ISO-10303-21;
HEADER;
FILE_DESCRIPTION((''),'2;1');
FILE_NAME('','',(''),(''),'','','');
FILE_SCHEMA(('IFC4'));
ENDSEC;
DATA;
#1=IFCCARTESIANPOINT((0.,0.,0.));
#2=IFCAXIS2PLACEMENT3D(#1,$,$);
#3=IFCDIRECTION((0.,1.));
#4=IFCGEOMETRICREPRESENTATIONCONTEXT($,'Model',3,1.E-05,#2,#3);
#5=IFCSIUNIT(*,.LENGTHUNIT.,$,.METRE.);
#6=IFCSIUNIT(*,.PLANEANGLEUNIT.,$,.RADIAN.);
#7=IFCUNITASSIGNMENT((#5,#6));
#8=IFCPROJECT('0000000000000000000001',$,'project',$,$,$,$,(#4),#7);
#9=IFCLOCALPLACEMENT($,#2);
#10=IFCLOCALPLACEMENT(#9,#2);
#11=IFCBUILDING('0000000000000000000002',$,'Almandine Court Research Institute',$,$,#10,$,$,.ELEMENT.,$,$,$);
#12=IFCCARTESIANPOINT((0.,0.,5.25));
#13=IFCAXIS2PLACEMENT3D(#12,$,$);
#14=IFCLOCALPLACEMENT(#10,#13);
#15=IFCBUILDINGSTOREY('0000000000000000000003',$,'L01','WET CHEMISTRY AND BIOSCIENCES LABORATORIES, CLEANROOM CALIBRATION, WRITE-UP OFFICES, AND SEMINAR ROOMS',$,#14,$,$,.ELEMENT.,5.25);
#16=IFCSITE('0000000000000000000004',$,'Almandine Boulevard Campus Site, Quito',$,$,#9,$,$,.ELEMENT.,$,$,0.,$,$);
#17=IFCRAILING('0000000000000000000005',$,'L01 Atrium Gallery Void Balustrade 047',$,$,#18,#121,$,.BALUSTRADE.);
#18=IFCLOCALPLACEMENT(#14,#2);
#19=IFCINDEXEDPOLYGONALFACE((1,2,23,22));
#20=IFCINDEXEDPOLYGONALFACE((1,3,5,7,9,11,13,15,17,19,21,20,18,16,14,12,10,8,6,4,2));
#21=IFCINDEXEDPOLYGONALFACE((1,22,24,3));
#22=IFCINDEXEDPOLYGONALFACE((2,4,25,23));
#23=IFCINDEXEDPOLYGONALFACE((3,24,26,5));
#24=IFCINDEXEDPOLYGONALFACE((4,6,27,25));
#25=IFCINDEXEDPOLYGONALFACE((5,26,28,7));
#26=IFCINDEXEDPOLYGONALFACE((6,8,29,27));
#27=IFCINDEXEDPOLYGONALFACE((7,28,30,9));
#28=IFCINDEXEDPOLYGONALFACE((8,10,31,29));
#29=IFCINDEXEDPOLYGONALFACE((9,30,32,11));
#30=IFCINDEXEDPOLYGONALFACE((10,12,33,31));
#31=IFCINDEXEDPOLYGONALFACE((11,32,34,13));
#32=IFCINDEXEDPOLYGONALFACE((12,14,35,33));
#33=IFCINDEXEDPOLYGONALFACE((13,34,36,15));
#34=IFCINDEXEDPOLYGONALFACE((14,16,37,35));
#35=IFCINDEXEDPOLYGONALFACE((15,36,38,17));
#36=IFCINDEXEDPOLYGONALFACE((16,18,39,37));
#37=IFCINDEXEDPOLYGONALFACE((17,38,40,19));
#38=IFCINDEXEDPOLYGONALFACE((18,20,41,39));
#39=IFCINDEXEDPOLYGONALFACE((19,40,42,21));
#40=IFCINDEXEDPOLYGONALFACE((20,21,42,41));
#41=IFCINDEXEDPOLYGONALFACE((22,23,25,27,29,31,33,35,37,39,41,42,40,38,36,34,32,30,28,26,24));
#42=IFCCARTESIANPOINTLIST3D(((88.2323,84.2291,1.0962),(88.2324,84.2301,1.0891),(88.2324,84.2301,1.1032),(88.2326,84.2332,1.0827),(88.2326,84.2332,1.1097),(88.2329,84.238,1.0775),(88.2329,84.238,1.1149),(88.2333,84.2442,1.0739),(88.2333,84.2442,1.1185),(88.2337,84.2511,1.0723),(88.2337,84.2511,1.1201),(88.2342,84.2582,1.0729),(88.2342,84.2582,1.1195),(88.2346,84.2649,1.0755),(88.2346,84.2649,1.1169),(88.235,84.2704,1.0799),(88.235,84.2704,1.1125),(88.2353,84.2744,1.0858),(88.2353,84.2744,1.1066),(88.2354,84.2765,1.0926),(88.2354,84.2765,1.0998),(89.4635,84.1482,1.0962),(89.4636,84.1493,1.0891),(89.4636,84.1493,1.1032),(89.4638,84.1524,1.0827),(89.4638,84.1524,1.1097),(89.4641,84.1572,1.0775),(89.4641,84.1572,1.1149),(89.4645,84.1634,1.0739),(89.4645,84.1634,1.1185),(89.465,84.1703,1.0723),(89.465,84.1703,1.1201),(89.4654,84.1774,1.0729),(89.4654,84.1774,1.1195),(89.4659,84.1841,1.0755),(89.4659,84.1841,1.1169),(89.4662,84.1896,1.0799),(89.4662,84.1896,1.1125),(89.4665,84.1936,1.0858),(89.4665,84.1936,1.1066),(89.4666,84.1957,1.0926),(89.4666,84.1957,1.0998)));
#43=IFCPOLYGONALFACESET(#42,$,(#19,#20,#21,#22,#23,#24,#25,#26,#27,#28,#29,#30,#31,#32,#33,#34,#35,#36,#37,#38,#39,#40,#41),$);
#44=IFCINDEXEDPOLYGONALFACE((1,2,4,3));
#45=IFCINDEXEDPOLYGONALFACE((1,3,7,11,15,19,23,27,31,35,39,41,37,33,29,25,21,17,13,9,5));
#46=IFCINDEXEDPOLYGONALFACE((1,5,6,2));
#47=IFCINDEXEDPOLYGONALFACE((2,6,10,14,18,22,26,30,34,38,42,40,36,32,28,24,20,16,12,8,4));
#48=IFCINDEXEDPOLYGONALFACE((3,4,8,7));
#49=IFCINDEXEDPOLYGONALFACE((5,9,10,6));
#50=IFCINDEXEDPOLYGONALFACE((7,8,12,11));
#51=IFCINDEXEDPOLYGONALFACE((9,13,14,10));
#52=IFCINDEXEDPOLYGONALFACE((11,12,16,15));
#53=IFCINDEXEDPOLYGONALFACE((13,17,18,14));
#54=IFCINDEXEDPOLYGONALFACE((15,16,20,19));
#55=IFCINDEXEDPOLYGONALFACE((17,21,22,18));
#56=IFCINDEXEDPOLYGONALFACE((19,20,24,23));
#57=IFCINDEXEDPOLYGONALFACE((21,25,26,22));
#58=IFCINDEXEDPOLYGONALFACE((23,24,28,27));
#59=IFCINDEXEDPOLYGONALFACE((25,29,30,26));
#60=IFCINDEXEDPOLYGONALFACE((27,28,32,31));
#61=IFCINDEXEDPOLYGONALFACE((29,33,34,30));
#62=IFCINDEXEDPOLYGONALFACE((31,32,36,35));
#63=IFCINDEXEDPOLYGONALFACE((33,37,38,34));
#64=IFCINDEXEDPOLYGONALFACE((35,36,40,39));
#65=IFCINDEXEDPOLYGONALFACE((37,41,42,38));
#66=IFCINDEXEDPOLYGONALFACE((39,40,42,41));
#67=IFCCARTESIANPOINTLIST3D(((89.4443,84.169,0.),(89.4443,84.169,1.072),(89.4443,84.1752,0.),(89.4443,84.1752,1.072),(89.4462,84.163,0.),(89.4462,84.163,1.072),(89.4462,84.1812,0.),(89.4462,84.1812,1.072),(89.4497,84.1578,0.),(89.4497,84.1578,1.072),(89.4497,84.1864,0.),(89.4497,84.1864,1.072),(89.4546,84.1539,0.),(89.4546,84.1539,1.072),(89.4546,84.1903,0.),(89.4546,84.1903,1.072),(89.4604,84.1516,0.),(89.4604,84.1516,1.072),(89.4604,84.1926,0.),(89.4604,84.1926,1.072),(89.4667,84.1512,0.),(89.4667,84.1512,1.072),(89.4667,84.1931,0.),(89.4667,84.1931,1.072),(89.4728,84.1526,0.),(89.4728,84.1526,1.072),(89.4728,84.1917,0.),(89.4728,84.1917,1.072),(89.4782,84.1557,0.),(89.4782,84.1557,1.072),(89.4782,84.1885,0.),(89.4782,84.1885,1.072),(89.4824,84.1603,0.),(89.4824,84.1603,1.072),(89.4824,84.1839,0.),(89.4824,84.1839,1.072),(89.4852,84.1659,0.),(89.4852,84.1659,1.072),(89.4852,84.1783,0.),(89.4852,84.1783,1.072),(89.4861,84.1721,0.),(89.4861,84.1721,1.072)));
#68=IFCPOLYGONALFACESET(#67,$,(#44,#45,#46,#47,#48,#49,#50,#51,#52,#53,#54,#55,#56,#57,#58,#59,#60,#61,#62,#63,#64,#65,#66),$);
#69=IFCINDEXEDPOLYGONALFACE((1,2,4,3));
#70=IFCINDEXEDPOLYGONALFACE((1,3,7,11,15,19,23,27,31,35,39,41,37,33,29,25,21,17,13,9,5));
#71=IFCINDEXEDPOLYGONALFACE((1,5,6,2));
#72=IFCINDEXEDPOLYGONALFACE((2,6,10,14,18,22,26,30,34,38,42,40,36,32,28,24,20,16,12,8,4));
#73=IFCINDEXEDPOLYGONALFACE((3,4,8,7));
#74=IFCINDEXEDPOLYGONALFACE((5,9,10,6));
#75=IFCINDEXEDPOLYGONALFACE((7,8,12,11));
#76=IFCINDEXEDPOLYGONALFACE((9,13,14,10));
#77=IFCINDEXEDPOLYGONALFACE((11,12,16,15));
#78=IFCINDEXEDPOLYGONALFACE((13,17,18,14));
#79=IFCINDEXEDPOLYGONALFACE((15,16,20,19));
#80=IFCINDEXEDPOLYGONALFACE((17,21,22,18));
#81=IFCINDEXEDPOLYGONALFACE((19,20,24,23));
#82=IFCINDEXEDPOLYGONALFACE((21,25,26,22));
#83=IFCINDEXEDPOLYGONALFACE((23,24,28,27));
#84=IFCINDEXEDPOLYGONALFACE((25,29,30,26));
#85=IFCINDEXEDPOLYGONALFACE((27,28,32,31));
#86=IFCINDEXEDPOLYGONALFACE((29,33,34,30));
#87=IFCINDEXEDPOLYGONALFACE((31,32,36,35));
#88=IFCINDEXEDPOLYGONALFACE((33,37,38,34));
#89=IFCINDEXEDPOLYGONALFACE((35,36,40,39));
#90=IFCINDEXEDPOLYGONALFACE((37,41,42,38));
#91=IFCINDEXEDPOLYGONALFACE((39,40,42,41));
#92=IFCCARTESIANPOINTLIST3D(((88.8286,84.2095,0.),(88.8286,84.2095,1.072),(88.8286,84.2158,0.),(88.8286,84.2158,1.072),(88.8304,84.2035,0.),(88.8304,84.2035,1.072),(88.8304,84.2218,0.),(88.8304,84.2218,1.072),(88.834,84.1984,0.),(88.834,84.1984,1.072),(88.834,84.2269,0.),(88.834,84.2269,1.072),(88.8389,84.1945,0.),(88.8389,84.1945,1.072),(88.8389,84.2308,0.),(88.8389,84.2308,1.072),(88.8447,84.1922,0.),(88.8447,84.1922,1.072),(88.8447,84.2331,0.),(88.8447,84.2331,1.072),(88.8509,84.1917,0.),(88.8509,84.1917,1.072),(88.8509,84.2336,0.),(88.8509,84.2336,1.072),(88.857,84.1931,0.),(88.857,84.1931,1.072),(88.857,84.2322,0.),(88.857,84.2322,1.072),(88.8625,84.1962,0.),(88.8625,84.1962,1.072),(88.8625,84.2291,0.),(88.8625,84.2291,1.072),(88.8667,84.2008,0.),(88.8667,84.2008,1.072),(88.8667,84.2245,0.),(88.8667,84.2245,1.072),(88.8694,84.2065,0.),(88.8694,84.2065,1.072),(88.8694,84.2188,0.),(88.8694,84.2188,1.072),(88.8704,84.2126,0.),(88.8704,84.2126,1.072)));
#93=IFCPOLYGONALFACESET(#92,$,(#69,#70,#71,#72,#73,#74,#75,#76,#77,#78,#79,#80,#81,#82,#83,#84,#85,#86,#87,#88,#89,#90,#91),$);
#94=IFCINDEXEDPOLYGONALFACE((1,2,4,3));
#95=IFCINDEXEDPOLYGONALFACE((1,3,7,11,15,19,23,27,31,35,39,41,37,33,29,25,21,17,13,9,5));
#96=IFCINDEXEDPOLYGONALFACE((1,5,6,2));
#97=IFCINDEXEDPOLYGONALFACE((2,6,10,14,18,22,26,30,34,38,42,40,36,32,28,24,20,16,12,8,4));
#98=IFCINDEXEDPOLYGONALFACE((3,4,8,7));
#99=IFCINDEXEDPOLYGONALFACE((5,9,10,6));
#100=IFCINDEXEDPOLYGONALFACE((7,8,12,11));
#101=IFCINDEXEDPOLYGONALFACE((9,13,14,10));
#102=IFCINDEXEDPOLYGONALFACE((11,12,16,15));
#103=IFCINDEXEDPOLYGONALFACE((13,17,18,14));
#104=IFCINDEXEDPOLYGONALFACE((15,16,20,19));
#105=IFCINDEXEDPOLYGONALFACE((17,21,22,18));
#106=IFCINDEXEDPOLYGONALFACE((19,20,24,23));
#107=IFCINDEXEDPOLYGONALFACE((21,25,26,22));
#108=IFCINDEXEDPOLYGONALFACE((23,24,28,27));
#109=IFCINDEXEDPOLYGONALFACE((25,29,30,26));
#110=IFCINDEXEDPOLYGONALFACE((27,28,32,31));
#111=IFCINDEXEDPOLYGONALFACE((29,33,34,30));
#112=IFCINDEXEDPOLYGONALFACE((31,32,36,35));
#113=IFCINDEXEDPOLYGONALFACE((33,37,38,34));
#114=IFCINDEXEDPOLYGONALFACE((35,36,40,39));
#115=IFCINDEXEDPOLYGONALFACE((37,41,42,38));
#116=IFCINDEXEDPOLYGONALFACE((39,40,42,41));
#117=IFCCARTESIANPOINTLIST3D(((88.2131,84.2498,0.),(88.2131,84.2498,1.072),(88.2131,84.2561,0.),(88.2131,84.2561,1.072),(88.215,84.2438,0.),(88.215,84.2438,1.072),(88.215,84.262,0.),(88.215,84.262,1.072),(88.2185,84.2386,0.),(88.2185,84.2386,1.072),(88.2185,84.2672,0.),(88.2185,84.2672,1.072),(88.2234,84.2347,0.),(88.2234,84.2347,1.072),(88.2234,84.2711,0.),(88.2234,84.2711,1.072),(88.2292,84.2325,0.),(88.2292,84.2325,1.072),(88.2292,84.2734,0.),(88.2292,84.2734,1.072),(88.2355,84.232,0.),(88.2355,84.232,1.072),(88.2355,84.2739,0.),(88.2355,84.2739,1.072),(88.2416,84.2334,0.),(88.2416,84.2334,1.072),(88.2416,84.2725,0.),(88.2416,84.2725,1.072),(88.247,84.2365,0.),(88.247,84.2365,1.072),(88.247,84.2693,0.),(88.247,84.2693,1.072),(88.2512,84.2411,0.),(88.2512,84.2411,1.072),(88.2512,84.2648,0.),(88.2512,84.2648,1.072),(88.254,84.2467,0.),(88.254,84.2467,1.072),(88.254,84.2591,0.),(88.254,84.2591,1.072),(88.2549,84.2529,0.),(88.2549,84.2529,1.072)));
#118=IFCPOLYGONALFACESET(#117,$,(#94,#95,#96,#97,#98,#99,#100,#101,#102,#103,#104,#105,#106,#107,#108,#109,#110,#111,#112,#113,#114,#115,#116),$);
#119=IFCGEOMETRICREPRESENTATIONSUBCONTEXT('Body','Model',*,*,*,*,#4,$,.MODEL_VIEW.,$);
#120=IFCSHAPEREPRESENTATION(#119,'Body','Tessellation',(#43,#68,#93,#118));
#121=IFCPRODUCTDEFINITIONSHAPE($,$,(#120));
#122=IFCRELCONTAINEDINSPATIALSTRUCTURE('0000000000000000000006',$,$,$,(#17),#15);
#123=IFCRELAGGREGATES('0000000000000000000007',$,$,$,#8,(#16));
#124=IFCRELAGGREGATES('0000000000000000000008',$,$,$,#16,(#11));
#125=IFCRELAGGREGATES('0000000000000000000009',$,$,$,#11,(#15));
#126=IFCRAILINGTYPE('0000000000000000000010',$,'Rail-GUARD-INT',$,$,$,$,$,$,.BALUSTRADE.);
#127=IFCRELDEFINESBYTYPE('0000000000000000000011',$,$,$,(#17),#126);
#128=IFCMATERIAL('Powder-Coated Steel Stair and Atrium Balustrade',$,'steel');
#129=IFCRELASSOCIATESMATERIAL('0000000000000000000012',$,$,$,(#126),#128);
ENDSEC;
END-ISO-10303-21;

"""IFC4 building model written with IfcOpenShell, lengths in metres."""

from ifc_helpers import new_model, si_unit, direction, frame, origin, origin_2d, place, context, subcontext, project, spatial, circle, extrude, material, type_object, element, save


model = new_model("IFC4")

# Units and contexts
model_context = context("Model", 3, precision=1e-05, world=origin(), true_north=direction((0.0, 1.0)))
body_context = subcontext(model_context, "Body", "Model", "MODEL_VIEW")
ifc_project = project(units=[si_unit("LENGTHUNIT", "METRE"), si_unit("PLANEANGLEUNIT", "RADIAN")], contexts=[model_context])

# Site, building, storey
site_placement = place(None, origin())
site = spatial("IfcSite", under=ifc_project, at=site_placement, Name="Almandine Boulevard Campus Site, Quito", CompositionType="ELEMENT", RefElevation=0.0)
building_placement = place(site_placement, origin())
building = spatial("IfcBuilding", under=site, at=building_placement, Name="Almandine Court Research Institute", CompositionType="ELEMENT")
storey_placement = place(building_placement, frame((0.0, 0.0, 5.25)))
storey = spatial("IfcBuildingStorey", under=building, at=storey_placement, Name="L01", Description="WET CHEMISTRY AND BIOSCIENCES LABORATORIES, CLEANROOM CALIBRATION, WRITE-UP OFFICES, AND SEMINAR ROOMS", CompositionType="ELEMENT", Elevation=5.25)

# Railing
ifc_material_1 = material(Name="Powder-Coated Steel Stair and Atrium Balustrade", Category="steel")
railing_type = type_object("IfcRailingType", Name="Rail-GUARD-INT", PredefinedType="BALUSTRADE", material=ifc_material_1)
railing_1_placement = place(storey_placement, frame((89.4651, 84.1721, 0.0)))
element("IfcRailing", 1, at=railing_1_placement, inside=storey, type_object=railing_type, Name="L01 Atrium Gallery Void Balustrade 047", PredefinedType="BALUSTRADE", context=body_context, shape_type="SweptSolid", body=[
    extrude(circle(Radius=0.0239, at=origin_2d()), frame((0.0, 0.0, 1.0962), z_axis=(-0.997853, 0.065495, 0.0), x_axis=(-0.065495, -0.997853, 0.0)), (0.0, 0.0, 1.0), 1.2339),
    extrude(circle(Radius=0.021, at=origin_2d()), origin(), (0.0, 0.0, 1.0), 1.072),
    extrude(circle(Radius=0.021, at=origin_2d()), frame((-0.6157, 0.0405, 0.0)), (0.0, 0.0, 1.0), 1.072),
    extrude(circle(Radius=0.021, at=origin_2d()), frame((-1.2312, 0.0808, 0.0)), (0.0, 0.0, 1.0), 1.072),
])

save(model, "model.ifc")
